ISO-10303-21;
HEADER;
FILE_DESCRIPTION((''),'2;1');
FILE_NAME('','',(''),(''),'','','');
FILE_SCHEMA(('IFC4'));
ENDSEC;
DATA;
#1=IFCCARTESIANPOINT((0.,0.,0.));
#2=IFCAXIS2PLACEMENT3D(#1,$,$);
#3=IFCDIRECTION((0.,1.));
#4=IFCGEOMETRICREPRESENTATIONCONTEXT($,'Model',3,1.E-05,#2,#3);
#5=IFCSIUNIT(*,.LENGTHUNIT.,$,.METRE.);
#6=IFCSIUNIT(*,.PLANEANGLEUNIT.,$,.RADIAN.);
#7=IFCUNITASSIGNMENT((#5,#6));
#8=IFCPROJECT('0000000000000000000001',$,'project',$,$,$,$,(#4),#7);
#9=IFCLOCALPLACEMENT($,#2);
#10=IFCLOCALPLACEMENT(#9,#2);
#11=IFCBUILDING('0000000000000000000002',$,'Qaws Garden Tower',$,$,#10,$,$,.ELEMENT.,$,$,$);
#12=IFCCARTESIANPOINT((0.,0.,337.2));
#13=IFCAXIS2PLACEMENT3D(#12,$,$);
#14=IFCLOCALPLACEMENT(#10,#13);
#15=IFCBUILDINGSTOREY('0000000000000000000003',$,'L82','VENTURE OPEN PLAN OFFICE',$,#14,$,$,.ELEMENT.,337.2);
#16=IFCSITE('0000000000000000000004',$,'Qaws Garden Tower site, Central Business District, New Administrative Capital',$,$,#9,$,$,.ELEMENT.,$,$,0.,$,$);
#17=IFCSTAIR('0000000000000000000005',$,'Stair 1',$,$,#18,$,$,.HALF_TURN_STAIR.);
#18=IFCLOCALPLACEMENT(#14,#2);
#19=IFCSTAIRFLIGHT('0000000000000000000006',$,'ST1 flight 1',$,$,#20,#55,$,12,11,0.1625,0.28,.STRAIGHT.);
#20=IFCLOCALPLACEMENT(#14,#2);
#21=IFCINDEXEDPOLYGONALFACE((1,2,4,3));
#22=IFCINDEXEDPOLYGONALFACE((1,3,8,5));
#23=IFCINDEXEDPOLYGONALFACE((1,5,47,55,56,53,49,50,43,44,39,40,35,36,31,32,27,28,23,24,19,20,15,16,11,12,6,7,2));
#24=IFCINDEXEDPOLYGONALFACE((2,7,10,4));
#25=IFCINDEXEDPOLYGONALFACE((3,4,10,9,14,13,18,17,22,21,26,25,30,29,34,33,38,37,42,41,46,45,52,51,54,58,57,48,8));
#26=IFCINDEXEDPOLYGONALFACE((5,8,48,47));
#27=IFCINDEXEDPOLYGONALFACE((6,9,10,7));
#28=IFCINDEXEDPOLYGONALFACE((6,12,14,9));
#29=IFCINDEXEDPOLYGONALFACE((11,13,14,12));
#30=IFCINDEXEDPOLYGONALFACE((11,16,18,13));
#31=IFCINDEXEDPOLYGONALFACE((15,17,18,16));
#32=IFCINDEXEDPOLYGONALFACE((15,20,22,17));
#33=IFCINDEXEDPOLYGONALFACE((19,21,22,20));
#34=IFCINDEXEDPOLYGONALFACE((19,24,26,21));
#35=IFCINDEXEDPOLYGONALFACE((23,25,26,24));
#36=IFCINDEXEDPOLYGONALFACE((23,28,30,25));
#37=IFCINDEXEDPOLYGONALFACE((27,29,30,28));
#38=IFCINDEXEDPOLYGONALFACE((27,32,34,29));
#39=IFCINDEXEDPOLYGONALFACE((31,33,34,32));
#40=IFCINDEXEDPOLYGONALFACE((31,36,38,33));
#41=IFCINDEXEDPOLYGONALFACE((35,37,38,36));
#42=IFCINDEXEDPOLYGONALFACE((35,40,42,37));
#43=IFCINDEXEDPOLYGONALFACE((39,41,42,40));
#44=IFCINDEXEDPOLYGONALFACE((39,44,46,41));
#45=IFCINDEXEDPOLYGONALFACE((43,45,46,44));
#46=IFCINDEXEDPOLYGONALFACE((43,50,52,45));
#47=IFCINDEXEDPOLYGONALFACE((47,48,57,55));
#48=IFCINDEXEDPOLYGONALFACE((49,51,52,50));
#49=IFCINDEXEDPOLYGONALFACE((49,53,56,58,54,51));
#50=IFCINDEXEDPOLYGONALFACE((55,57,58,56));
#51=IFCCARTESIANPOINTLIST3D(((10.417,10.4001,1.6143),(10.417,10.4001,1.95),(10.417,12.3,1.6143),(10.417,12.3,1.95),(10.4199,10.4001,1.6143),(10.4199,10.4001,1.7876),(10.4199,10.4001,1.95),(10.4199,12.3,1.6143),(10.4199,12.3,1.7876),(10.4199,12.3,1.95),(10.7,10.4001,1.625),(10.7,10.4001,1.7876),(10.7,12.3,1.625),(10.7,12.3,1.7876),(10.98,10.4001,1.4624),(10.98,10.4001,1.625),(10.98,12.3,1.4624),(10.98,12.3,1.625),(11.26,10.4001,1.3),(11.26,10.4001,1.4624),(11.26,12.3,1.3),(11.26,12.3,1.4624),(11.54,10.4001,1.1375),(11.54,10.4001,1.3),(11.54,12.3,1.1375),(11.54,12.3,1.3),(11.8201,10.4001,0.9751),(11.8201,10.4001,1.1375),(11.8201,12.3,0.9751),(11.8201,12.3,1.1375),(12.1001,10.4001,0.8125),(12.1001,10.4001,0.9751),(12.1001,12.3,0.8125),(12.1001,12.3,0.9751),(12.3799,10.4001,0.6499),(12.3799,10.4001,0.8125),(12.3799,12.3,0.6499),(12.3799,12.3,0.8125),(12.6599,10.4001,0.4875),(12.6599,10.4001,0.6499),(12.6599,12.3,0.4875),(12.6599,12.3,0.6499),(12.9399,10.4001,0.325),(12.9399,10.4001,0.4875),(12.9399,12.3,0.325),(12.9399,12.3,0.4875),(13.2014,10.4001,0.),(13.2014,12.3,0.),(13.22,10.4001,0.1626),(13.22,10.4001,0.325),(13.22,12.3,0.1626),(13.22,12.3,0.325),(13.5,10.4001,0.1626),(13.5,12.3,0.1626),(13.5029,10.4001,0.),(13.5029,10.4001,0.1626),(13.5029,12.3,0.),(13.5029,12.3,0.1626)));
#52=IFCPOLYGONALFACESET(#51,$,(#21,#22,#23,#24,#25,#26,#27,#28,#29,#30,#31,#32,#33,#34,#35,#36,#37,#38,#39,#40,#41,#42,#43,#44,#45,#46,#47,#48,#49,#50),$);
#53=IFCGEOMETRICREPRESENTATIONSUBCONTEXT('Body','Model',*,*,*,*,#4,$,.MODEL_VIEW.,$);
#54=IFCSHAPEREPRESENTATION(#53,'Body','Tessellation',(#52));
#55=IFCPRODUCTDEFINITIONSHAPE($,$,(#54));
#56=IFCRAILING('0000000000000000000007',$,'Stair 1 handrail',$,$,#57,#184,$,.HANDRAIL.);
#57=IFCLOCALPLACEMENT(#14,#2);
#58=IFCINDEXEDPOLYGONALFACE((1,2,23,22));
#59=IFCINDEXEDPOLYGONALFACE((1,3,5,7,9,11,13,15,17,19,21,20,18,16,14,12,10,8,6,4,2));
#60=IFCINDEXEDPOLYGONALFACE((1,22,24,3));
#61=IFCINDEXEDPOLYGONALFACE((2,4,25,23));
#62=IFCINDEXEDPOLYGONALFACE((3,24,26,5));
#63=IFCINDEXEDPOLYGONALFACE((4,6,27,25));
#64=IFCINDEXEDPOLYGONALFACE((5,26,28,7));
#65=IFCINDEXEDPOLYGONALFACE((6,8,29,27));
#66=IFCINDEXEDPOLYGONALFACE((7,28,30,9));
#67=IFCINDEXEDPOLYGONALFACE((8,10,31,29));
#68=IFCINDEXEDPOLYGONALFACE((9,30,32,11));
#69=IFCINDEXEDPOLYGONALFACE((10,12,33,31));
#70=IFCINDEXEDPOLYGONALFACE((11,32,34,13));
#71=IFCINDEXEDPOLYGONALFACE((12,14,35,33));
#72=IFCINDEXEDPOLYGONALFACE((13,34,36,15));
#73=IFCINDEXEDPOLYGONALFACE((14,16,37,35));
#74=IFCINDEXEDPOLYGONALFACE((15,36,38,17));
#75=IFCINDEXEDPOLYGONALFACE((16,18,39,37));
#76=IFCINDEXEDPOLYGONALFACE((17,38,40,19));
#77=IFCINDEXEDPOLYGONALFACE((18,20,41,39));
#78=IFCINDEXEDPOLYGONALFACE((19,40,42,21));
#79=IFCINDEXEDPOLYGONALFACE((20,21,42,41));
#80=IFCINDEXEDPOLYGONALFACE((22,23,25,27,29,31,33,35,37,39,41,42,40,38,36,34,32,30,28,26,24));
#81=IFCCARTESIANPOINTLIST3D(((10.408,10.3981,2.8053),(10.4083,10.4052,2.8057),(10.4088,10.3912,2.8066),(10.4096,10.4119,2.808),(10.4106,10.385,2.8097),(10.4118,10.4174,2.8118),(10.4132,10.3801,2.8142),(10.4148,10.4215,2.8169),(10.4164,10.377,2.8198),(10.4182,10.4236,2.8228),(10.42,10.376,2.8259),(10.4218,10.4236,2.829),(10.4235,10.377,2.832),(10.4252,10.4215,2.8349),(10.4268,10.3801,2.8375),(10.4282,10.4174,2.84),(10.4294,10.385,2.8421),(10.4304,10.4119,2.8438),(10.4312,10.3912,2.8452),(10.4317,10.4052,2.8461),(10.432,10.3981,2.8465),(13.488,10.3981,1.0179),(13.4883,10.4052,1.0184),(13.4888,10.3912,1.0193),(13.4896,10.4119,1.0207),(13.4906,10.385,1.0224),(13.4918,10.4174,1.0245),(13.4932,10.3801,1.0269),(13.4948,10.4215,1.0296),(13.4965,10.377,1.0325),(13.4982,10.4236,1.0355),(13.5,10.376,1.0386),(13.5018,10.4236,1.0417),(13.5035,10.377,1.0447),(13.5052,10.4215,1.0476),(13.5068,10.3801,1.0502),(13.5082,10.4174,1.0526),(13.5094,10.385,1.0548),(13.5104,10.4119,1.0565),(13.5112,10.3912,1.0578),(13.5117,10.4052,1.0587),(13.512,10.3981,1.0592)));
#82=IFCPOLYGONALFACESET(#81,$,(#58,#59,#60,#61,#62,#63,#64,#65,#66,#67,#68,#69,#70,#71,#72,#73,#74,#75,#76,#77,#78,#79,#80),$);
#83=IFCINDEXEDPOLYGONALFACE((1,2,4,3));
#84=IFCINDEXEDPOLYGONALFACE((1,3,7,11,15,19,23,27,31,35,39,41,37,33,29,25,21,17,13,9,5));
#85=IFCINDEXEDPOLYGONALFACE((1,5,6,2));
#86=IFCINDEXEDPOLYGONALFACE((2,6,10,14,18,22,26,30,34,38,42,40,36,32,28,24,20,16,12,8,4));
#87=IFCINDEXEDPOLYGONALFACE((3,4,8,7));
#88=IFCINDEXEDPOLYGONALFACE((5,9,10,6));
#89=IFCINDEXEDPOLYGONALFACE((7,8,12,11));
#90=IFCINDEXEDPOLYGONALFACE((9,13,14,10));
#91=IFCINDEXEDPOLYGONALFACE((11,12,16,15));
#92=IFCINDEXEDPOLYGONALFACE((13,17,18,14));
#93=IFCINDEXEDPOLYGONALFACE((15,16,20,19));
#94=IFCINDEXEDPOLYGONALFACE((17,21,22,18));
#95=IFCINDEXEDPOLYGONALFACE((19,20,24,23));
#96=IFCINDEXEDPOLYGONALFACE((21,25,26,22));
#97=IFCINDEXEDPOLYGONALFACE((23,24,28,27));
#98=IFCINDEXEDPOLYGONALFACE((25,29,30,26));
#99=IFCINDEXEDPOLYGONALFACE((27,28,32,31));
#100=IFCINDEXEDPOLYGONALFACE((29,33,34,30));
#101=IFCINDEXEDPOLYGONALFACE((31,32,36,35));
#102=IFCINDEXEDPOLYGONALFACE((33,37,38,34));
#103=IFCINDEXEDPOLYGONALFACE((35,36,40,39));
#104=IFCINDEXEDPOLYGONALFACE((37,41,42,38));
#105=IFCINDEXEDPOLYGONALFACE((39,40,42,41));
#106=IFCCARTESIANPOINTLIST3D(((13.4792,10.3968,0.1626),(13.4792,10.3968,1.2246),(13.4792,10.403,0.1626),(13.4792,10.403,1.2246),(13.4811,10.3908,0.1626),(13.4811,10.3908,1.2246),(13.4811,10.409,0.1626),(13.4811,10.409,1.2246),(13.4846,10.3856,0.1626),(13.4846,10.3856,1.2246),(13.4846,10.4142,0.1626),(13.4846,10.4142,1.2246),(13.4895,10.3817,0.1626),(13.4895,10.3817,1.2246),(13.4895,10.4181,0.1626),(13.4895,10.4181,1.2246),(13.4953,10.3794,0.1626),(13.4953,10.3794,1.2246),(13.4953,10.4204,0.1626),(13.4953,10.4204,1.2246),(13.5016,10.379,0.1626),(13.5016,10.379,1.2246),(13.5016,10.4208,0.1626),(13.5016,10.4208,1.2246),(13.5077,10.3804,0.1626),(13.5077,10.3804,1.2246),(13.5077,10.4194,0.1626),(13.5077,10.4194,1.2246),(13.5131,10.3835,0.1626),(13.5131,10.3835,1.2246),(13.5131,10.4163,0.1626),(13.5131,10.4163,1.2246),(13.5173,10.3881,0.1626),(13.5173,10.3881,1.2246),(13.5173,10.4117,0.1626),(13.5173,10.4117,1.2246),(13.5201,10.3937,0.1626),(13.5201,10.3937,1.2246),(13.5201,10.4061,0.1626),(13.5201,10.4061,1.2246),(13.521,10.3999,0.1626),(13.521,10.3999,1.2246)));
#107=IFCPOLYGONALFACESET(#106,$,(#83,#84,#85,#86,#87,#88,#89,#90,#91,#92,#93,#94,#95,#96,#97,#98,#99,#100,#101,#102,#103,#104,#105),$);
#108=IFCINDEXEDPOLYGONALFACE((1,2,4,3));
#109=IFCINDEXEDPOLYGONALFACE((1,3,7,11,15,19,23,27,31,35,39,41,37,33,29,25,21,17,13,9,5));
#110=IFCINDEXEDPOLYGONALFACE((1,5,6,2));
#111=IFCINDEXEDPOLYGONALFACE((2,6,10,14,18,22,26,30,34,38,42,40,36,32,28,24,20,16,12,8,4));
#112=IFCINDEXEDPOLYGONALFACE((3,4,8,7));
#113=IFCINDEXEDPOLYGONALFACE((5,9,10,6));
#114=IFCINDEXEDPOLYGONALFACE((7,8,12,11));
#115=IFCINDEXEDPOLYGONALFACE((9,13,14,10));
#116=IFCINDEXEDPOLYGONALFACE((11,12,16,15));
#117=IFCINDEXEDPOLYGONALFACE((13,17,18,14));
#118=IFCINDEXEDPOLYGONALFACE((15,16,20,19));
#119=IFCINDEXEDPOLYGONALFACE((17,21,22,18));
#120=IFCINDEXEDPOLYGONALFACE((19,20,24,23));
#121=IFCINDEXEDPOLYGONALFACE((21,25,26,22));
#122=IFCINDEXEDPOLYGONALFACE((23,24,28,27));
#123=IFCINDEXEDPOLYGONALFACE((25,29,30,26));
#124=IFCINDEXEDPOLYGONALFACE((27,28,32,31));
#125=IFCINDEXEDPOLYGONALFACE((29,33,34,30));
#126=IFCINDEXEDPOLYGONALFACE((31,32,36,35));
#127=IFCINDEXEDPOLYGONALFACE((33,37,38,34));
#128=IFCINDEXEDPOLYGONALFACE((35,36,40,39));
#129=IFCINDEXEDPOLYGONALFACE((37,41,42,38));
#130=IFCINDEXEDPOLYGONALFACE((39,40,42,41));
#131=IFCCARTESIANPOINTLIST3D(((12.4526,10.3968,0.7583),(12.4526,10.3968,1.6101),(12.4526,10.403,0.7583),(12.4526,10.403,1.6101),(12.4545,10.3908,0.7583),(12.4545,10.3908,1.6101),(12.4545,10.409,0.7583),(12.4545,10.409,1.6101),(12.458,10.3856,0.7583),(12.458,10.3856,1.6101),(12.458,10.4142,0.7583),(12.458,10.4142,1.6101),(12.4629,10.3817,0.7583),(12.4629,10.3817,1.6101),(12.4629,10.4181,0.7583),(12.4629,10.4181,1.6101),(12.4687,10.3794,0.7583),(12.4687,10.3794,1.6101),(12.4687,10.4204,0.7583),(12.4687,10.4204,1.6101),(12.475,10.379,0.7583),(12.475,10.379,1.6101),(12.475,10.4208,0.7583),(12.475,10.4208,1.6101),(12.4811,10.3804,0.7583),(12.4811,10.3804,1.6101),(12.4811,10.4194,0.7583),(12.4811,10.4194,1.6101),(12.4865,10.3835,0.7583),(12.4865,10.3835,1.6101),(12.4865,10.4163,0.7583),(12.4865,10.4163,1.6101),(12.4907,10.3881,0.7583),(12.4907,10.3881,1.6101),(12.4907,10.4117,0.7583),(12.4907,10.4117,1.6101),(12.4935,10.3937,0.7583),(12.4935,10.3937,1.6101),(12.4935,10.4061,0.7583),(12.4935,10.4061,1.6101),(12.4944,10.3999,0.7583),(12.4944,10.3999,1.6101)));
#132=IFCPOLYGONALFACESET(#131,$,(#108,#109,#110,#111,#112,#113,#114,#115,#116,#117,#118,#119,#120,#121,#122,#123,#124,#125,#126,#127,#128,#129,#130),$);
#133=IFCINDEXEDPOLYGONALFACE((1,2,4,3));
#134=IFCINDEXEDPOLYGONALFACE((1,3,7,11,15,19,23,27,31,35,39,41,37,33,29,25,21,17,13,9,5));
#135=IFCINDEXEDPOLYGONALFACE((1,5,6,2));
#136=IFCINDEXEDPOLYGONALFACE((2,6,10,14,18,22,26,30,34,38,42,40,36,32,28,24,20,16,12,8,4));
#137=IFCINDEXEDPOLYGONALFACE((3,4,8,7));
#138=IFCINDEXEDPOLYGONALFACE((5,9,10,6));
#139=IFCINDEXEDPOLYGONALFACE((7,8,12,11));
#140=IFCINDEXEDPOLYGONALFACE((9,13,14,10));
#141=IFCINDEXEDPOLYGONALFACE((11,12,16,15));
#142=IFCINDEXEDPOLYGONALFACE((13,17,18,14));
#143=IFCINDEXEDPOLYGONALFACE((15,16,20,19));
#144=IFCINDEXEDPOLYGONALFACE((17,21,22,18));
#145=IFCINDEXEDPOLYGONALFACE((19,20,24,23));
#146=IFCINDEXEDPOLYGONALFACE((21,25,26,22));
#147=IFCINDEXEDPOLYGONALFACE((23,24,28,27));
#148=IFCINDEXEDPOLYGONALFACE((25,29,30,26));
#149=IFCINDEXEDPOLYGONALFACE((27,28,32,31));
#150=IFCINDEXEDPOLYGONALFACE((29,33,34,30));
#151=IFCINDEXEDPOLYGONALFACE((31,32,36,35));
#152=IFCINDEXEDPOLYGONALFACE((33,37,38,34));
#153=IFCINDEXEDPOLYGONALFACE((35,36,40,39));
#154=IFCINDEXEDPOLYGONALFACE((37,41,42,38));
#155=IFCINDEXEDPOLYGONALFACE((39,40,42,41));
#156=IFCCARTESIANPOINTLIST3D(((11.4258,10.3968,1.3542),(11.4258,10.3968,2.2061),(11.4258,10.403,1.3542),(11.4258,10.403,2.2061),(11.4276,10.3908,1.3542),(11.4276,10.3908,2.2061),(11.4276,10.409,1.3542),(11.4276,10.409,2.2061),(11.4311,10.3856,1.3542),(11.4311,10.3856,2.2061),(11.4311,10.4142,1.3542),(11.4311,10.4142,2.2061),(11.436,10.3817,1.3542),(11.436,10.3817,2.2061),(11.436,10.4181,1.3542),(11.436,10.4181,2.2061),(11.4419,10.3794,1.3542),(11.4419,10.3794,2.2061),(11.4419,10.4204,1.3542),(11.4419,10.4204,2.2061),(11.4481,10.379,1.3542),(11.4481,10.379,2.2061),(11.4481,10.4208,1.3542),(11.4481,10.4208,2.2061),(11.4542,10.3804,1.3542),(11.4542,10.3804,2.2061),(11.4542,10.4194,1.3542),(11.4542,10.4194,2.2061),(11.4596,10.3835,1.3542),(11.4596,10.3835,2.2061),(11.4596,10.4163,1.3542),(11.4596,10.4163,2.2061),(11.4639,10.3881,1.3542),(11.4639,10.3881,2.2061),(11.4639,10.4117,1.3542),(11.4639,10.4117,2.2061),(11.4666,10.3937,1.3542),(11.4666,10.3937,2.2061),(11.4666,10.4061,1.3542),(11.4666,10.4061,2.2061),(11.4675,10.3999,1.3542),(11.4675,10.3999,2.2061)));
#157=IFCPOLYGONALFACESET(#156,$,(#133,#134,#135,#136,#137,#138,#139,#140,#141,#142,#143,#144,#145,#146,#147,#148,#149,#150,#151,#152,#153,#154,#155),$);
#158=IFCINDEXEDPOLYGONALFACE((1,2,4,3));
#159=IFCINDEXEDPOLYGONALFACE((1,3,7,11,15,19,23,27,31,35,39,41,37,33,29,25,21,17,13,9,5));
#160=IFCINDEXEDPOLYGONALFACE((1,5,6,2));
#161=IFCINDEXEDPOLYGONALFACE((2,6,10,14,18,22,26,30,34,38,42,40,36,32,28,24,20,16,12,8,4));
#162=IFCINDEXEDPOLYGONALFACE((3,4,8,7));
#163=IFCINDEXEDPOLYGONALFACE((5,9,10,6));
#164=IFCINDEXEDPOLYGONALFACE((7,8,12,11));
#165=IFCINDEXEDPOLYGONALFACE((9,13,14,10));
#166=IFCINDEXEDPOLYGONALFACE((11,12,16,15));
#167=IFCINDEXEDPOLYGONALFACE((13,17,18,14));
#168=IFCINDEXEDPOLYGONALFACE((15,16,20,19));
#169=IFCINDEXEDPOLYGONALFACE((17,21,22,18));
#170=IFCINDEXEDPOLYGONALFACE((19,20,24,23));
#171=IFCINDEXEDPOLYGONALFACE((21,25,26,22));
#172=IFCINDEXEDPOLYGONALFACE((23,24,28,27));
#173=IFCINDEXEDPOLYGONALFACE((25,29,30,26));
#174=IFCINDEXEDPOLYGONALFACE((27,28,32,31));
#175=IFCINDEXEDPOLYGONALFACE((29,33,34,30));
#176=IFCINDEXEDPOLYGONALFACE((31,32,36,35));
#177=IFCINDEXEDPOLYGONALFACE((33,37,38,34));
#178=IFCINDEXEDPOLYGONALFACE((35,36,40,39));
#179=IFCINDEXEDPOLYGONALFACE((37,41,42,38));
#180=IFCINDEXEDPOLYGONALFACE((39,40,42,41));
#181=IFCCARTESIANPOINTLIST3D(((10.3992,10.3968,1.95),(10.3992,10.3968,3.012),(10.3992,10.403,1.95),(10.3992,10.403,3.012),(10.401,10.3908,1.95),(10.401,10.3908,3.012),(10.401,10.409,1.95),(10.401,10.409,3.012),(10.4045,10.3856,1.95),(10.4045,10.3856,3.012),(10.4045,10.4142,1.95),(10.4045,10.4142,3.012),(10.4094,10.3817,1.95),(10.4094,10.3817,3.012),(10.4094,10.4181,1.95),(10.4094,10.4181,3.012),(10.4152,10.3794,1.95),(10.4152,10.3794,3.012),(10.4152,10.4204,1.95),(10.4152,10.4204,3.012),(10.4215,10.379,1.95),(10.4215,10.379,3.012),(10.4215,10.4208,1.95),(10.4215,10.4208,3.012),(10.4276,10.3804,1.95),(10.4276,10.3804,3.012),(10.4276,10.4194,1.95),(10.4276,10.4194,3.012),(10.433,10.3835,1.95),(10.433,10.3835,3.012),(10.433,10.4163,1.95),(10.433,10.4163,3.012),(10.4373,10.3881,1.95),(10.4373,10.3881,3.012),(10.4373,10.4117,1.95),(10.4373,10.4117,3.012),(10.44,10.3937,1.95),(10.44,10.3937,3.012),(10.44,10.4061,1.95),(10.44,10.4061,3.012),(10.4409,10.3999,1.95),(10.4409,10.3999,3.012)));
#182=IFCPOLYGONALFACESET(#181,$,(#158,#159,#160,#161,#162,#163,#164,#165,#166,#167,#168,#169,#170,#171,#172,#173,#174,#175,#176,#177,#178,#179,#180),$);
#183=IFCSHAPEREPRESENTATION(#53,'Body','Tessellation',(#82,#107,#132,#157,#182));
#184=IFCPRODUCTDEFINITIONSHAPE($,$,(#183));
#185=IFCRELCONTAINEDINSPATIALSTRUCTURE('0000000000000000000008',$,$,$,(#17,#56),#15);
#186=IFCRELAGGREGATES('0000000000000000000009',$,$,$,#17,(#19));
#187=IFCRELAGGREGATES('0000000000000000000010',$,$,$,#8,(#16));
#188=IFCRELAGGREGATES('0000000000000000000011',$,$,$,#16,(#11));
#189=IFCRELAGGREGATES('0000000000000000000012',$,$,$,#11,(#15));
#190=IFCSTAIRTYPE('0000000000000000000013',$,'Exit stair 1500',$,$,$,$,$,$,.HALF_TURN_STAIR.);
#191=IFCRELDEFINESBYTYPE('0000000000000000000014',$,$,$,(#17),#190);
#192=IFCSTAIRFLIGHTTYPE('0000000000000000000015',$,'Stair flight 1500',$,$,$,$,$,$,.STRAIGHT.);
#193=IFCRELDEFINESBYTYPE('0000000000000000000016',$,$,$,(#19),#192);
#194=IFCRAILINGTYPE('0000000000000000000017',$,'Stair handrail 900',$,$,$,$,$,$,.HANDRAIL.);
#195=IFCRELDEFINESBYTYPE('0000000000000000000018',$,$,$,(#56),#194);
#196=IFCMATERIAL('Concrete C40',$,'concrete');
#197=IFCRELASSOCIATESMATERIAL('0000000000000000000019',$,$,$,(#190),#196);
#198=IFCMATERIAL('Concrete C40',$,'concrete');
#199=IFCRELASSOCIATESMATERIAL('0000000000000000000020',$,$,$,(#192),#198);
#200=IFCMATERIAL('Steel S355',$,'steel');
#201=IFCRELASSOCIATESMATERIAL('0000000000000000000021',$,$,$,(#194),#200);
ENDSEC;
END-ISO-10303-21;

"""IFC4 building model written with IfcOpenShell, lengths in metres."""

from ifc_helpers import new_model, si_unit, direction, frame, origin, origin_2d, place, context, subcontext, project, spatial, polyline, circle, outline, extrude, material, type_object, element, aggregate, save


model = new_model("IFC4")

# Units and contexts
model_context = context("Model", 3, precision=1e-05, world=origin(), true_north=direction((0.0, 1.0)))
body_context = subcontext(model_context, "Body", "Model", "MODEL_VIEW")
ifc_project = project(units=[si_unit("LENGTHUNIT", "METRE"), si_unit("PLANEANGLEUNIT", "RADIAN")], contexts=[model_context])

# Site, building, storey
site_placement = place(None, origin())
site = spatial("IfcSite", under=ifc_project, at=site_placement, Name="Qaws Garden Tower site, Central Business District, New Administrative Capital", CompositionType="ELEMENT", RefElevation=0.0)
building_placement = place(site_placement, origin())
building = spatial("IfcBuilding", under=site, at=building_placement, Name="Qaws Garden Tower", CompositionType="ELEMENT")
storey_placement = place(building_placement, frame((0.0, 0.0, 337.2)))
storey = spatial("IfcBuildingStorey", under=building, at=storey_placement, Name="L82", Description="VENTURE OPEN PLAN OFFICE", CompositionType="ELEMENT", Elevation=337.2)

# Stair, stair flight
ifc_material_1 = material(Name="Concrete C40", Category="concrete")
stair_type = type_object("IfcStairType", Name="Exit stair 1500", PredefinedType="HALF_TURN_STAIR", material=ifc_material_1)
stair_placement = place(storey_placement, origin())
stair = element("IfcStair", 1, at=stair_placement, inside=storey, type_object=stair_type, Name="Stair 1", PredefinedType="HALF_TURN_STAIR")
ifc_material_2 = material(Name="Concrete C40", Category="concrete")
stair_flight_type = type_object("IfcStairFlightType", Name="Stair flight 1500", PredefinedType="STRAIGHT", material=ifc_material_2)
stair_flight_placement = place(storey_placement, frame((13.5, 11.3501, 0.0), z_axis=(0.0, 0.0, 1.0), x_axis=(-1.0, 0.0, 0.0)))
stair_flight = element("IfcStairFlight", 2, at=stair_flight_placement, type_object=stair_flight_type, Name="ST1 flight 1", NumberOfRisers=12, NumberOfTreads=11, PredefinedType="STRAIGHT", RiserHeight=0.1625, TreadLength=0.28, context=body_context, shape_type="SweptSolid", body=[
    extrude(outline(polyline([(-0.0029, 0.0), (-0.0029, 0.1626), (0.0, 0.1626), (0.28, 0.1626), (0.28, 0.325), (0.5601, 0.325), (0.5601, 0.4875), (0.8401, 0.4875), (0.8401, 0.6499), (1.1201, 0.6499), (1.1201, 0.8125), (1.3999, 0.8125), (1.3999, 0.9751), (1.6799, 0.9751), (1.6799, 1.1375), (1.96, 1.1375), (1.96, 1.3), (2.24, 1.3), (2.24, 1.4624), (2.52, 1.4624), (2.52, 1.625), (2.8, 1.625), (2.8, 1.7876), (3.0801, 1.7876), (3.0801, 1.95), (3.083, 1.95), (3.083, 1.6143), (3.0801, 1.6143), (0.2986, 0.0), (-0.0029, 0.0)])), frame((0.0, 0.95, 0.0), z_axis=(0.0, -1.0, 0.0), x_axis=(1.0, 0.0, 0.0)), (0.0, 0.0, 1.0), 1.8999),
])
aggregate(stair, [stair_flight])

# Railing
ifc_material_3 = material(Name="Steel S355", Category="steel")
railing_type = type_object("IfcRailingType", Name="Stair handrail 900", PredefinedType="HANDRAIL", material=ifc_material_3)
railing_1_placement = place(storey_placement, frame((13.5, 10.3999, 0.1626)))
element("IfcRailing", 3, at=railing_1_placement, inside=storey, type_object=railing_type, Name="Stair 1 handrail", PredefinedType="HANDRAIL", context=body_context, shape_type="SweptSolid", body=[
    extrude(circle(Radius=0.0239, at=origin_2d()), frame((0.0, 0.0, 0.876), z_axis=(-0.86492, 0.0, 0.501909), x_axis=(0.0, -1.0, 0.0)), (0.0, 0.0, 1.0), 3.561),
    extrude(circle(Radius=0.021, at=origin_2d()), origin(), (0.0, 0.0, 1.0), 1.062),
    extrude(circle(Radius=0.021, at=origin_2d()), frame((-1.0266, 0.0, 0.5957)), (0.0, 0.0, 1.0), 0.8518),
    extrude(circle(Radius=0.021, at=origin_2d()), frame((-2.0535, 0.0, 1.1917)), (0.0, 0.0, 1.0), 0.8518),
    extrude(circle(Radius=0.021, at=origin_2d()), frame((-3.0801, 0.0, 1.7874)), (0.0, 0.0, 1.0), 1.062),
])

save(model, "model.ifc")
